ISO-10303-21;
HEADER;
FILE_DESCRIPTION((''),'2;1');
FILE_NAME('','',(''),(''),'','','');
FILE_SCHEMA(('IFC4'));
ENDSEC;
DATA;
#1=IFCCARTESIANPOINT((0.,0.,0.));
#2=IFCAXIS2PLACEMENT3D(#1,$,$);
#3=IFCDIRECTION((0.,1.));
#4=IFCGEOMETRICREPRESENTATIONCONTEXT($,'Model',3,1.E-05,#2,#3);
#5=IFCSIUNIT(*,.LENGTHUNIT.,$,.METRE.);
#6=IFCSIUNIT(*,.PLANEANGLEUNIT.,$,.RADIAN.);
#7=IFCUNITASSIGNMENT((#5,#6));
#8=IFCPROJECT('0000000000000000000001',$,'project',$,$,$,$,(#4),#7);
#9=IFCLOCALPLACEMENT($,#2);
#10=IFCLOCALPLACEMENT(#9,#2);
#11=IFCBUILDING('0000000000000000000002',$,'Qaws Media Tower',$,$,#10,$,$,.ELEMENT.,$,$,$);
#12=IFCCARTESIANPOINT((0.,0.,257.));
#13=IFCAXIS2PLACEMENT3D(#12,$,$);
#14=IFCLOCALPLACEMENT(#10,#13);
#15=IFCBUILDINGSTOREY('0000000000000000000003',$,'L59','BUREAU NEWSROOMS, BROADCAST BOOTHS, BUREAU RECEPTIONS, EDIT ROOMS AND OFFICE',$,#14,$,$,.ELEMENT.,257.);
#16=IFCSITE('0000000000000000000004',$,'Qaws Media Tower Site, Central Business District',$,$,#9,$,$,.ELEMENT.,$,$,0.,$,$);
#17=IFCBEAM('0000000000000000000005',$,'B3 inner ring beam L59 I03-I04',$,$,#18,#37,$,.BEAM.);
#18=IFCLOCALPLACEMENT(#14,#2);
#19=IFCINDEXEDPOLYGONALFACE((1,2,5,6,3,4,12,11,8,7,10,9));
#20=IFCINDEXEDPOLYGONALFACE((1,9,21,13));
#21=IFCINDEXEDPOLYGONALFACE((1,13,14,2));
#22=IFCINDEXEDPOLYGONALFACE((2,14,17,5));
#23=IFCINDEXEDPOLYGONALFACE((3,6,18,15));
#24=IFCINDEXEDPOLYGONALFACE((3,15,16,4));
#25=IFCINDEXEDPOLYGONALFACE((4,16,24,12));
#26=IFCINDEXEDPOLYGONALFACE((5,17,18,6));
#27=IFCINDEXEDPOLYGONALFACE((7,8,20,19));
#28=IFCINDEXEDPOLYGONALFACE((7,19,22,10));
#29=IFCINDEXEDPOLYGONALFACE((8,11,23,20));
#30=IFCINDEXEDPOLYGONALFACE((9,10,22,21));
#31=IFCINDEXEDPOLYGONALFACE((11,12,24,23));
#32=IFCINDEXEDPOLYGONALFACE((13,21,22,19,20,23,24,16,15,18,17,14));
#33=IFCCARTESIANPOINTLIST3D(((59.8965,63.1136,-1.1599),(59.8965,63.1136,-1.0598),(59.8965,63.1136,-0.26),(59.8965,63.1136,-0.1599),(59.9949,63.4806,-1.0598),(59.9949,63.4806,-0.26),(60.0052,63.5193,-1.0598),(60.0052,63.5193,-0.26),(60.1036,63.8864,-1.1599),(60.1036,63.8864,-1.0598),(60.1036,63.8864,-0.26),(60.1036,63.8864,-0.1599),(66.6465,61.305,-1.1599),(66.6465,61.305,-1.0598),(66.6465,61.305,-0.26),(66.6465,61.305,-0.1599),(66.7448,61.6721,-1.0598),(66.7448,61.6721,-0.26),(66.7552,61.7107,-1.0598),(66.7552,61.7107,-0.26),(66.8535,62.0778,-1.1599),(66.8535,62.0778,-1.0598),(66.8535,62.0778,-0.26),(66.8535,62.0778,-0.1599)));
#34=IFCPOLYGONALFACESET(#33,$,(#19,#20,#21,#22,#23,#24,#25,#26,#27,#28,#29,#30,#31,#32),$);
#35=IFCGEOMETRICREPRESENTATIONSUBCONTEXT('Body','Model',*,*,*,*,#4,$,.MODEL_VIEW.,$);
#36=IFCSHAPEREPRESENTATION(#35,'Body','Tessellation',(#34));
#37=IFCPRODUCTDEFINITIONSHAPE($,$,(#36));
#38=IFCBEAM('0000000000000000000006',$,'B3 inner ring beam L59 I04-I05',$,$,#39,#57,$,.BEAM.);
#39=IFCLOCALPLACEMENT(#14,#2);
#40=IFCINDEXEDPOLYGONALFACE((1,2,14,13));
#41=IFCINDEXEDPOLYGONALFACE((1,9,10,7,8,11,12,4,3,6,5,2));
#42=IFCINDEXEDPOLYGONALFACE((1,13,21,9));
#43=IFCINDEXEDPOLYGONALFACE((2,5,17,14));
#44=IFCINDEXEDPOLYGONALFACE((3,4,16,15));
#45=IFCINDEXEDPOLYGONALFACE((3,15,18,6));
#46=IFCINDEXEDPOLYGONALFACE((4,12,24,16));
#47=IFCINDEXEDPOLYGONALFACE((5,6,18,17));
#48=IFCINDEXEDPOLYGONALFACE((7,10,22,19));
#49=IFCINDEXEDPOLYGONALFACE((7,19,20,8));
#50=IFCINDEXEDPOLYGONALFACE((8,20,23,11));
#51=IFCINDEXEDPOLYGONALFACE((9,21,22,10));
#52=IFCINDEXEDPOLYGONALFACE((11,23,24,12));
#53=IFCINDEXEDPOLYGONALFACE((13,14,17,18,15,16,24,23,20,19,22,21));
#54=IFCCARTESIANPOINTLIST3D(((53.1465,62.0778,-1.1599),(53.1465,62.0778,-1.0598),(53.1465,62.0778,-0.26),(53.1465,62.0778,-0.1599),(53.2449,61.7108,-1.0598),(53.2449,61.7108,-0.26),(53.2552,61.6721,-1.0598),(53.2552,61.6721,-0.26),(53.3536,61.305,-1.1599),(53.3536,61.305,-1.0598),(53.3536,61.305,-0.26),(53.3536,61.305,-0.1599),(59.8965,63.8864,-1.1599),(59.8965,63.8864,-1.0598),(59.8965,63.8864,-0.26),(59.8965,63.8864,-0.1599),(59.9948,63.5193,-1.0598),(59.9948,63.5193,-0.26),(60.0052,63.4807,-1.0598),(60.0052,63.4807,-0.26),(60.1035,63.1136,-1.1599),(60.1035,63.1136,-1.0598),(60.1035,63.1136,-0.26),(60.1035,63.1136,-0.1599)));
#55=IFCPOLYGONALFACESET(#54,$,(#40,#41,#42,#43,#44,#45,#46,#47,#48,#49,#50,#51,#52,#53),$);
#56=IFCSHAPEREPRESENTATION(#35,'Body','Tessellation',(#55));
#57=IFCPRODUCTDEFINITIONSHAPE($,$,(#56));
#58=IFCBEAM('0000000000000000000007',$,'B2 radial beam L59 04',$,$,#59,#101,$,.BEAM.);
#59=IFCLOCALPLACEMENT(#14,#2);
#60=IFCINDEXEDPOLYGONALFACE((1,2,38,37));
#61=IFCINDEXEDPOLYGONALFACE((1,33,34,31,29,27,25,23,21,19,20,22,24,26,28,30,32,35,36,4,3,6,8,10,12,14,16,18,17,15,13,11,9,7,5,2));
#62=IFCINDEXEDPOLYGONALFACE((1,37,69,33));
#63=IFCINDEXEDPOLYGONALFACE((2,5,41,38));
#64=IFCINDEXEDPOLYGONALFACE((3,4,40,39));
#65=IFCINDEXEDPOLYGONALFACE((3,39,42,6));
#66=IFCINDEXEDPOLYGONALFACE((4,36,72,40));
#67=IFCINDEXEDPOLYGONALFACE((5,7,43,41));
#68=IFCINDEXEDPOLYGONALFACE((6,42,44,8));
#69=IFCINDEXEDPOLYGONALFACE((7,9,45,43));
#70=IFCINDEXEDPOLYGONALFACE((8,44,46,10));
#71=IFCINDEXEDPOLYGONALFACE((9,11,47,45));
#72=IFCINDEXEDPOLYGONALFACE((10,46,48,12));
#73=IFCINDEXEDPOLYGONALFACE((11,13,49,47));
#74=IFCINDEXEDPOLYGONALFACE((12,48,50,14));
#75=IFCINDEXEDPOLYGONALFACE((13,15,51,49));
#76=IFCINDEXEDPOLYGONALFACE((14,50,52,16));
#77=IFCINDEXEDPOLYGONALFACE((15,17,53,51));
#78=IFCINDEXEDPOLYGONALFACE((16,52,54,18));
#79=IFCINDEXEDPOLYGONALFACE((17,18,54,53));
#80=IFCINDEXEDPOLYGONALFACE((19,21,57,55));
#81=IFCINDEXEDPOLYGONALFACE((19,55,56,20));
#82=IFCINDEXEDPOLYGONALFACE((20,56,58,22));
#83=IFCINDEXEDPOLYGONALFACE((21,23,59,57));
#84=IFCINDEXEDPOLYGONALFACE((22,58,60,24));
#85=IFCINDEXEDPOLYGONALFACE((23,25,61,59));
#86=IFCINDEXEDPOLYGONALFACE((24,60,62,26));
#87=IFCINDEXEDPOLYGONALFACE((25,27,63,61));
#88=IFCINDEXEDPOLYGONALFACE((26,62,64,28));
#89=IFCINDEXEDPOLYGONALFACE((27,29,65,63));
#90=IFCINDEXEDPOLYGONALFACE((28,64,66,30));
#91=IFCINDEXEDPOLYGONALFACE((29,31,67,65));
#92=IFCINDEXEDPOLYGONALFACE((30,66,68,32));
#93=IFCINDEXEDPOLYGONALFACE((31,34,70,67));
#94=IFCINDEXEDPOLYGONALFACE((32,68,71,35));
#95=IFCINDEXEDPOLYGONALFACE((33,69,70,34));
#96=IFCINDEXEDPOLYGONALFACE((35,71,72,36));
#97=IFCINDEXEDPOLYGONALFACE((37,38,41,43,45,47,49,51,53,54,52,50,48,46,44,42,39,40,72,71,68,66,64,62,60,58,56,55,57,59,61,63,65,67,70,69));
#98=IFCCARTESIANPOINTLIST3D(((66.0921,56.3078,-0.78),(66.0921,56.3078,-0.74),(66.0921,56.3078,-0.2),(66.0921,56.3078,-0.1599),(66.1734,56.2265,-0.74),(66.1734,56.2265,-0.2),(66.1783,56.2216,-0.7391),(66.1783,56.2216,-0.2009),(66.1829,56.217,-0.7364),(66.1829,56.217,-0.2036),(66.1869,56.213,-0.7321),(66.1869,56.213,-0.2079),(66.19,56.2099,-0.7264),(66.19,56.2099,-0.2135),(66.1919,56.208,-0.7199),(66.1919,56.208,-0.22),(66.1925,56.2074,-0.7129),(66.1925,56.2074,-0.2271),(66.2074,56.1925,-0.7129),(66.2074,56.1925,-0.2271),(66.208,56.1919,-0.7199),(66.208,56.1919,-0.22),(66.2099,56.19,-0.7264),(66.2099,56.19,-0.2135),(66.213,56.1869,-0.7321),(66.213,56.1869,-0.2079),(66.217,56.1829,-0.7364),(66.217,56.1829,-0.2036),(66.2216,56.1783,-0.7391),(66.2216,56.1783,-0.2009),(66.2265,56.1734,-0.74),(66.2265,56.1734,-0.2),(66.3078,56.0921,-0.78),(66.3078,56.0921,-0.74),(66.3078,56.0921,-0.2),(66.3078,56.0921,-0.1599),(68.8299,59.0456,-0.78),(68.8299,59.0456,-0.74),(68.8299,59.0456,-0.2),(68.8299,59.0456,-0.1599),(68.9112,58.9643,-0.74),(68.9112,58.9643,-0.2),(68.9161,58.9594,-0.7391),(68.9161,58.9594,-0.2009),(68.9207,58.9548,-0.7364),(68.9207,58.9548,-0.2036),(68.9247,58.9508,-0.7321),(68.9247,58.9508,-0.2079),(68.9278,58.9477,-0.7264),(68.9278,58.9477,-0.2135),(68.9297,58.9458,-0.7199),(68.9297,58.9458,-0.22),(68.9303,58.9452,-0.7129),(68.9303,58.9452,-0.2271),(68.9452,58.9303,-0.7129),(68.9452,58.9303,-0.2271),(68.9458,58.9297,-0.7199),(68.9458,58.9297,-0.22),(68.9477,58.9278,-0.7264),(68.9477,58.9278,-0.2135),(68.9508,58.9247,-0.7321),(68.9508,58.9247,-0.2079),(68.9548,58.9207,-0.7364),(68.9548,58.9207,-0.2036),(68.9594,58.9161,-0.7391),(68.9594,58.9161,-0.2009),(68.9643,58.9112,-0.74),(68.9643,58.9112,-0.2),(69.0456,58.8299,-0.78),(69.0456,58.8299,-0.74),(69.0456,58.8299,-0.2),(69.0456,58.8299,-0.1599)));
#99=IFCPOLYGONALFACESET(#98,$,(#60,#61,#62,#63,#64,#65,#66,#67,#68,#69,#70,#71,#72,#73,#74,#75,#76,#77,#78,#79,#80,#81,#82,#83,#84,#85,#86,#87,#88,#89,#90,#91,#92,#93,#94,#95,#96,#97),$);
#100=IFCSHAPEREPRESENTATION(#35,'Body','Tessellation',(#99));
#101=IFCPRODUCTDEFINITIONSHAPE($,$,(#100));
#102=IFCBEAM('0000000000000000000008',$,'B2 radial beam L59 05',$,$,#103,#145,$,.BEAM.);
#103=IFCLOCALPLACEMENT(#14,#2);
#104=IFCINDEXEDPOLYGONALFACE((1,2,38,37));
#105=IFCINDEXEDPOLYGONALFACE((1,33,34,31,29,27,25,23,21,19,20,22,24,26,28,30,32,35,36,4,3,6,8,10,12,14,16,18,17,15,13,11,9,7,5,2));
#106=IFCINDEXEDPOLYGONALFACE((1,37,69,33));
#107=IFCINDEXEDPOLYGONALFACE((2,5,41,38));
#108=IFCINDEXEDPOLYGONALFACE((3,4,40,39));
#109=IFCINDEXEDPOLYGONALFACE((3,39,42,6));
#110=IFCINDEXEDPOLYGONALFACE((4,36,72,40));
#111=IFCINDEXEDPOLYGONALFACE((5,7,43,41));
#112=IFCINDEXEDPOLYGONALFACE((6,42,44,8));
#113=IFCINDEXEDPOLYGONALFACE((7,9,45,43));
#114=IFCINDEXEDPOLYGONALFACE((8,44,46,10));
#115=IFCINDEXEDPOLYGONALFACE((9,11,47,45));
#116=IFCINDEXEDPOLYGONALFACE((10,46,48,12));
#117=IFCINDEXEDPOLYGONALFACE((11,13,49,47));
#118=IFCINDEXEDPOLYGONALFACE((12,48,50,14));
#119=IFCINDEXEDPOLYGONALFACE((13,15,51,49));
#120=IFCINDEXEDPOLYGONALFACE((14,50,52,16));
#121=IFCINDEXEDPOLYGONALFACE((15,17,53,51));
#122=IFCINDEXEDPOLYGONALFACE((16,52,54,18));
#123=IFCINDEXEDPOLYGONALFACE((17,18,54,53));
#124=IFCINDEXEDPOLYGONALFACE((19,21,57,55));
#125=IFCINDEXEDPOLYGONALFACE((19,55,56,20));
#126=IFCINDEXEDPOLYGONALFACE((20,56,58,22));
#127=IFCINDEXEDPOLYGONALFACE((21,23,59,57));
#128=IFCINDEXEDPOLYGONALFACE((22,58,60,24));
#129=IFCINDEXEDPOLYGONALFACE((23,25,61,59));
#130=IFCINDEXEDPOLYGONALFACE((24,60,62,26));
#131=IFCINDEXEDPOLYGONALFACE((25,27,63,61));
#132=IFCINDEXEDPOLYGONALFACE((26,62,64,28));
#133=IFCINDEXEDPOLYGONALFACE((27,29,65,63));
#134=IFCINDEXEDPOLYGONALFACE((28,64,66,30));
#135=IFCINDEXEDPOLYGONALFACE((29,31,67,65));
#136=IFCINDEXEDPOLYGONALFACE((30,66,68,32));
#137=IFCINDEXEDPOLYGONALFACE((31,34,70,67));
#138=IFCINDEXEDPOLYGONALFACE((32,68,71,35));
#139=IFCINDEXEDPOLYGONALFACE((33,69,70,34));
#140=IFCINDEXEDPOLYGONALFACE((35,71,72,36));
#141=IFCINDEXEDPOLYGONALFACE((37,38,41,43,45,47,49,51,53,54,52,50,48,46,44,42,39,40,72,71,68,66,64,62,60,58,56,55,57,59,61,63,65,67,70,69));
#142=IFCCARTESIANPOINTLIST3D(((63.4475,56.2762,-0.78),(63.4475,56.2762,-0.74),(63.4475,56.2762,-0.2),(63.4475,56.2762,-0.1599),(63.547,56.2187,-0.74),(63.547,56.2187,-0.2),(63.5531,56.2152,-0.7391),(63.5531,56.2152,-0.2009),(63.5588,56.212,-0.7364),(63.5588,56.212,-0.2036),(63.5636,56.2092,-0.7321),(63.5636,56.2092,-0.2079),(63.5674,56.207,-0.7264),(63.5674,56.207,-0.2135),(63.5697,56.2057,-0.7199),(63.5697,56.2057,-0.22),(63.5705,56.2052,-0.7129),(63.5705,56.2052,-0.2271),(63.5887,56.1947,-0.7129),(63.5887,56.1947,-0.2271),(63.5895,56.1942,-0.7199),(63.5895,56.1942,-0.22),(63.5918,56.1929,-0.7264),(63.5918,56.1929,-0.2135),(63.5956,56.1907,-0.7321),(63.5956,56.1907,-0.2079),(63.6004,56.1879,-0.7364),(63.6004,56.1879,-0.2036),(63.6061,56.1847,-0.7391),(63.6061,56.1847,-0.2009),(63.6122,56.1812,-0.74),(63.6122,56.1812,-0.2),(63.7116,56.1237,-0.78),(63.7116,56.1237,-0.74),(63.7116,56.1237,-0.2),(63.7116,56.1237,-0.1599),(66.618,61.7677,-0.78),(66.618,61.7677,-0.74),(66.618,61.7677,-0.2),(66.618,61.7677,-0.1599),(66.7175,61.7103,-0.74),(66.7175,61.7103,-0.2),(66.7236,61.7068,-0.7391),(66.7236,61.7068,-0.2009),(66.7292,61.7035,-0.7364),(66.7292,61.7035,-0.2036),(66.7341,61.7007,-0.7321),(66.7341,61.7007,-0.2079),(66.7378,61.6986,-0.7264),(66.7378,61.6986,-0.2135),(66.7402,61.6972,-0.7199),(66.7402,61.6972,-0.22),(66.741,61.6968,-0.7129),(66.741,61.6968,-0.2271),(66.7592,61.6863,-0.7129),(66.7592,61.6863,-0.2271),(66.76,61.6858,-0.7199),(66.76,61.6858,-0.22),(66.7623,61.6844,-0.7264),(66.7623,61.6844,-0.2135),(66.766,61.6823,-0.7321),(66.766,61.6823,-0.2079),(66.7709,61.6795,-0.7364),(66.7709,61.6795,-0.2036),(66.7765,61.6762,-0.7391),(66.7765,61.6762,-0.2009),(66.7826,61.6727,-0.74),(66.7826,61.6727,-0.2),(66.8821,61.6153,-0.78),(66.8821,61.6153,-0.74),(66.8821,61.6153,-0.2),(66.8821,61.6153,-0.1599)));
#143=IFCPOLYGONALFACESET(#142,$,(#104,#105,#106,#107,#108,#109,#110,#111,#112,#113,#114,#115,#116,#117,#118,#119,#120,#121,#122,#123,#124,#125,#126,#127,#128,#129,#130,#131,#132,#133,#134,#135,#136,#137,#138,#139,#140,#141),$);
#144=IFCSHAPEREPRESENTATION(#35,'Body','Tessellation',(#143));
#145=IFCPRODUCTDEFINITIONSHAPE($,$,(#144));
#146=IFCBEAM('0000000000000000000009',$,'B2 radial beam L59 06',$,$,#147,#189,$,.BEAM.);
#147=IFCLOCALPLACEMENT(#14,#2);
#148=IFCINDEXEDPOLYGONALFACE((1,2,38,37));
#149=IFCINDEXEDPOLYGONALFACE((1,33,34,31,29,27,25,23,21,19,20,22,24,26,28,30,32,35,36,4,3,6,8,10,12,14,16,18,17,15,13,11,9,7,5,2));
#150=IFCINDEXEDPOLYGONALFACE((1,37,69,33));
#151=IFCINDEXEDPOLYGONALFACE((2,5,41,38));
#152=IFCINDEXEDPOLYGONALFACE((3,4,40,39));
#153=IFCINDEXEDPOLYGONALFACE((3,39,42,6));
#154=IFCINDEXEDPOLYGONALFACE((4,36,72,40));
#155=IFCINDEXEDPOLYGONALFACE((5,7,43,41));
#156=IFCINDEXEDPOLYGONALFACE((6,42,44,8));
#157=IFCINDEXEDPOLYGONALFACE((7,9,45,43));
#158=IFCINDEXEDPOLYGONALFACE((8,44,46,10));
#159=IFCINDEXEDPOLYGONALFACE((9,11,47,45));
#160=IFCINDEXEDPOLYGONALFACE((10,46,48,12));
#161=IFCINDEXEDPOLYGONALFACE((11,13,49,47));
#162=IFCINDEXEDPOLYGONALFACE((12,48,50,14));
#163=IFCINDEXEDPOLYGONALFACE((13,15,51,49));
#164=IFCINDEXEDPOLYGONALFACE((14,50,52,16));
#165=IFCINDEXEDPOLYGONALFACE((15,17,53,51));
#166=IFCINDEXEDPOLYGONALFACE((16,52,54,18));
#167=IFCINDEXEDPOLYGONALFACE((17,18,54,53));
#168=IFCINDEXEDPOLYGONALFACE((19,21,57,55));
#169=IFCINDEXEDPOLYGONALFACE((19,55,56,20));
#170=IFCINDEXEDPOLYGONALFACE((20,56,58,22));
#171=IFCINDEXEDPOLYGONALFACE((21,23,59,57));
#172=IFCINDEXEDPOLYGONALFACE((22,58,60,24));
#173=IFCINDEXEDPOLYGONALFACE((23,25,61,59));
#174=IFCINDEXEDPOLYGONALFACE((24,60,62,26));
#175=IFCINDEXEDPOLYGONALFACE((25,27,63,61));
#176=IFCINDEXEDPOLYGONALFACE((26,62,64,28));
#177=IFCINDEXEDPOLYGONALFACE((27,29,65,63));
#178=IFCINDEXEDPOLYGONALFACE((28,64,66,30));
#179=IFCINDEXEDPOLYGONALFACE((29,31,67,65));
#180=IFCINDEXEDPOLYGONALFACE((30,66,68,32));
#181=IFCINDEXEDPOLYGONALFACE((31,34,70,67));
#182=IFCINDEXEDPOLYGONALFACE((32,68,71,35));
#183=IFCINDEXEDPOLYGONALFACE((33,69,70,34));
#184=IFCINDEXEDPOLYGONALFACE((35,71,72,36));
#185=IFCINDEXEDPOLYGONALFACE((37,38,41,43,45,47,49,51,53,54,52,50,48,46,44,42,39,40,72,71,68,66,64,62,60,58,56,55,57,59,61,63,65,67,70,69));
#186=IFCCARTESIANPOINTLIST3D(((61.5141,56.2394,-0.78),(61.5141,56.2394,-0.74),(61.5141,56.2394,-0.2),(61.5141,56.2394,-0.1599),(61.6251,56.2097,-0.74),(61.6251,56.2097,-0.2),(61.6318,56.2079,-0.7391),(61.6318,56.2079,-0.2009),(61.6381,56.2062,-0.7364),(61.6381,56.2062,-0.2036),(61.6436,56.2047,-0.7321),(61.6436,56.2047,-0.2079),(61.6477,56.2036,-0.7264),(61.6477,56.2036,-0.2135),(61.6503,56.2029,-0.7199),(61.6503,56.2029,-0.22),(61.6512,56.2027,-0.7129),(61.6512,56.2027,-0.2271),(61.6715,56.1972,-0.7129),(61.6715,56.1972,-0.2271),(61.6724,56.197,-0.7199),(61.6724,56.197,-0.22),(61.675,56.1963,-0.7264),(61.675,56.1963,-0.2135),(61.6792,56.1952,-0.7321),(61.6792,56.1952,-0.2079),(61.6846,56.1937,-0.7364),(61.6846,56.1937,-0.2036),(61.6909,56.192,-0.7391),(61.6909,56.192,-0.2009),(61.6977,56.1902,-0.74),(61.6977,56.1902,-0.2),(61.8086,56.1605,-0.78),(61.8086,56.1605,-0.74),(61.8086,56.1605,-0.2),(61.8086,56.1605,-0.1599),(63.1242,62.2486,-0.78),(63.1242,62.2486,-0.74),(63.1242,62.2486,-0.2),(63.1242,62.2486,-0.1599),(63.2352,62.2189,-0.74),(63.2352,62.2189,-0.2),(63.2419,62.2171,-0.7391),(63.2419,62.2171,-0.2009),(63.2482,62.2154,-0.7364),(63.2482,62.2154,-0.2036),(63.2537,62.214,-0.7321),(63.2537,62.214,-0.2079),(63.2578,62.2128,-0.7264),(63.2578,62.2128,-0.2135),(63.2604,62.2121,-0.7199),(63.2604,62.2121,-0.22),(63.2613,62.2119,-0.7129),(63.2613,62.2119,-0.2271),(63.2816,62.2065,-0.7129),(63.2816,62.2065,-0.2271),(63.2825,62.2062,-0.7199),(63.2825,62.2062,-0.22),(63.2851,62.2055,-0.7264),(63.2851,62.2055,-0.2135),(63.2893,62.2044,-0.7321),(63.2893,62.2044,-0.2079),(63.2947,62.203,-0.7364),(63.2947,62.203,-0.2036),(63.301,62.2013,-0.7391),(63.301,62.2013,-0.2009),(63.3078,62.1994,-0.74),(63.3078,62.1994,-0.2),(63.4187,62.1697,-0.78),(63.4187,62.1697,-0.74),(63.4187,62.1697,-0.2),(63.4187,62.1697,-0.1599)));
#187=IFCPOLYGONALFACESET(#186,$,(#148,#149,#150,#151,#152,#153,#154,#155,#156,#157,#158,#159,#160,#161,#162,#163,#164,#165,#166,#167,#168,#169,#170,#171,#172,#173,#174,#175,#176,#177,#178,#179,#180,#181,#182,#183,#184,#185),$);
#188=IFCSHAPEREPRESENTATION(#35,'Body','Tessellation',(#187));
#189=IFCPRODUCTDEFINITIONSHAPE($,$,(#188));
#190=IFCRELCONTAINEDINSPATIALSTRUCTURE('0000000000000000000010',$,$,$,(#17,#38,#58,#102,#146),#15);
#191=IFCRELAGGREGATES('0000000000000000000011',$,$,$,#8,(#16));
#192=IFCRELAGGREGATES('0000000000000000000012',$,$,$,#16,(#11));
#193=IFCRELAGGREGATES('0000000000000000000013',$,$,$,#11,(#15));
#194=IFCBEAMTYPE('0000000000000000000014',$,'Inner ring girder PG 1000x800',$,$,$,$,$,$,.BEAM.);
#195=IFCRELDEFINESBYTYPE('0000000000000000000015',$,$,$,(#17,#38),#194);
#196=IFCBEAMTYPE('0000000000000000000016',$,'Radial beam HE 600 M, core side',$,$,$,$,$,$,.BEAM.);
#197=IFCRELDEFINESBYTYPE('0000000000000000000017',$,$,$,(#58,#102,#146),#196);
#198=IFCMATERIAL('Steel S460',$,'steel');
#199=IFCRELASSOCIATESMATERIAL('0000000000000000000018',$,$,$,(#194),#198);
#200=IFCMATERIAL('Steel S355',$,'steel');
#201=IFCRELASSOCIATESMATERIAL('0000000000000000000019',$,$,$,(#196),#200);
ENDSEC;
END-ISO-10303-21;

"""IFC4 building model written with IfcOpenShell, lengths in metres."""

from ifc_helpers import new_model, si_unit, direction, frame, origin, origin_2d, place, context, subcontext, project, spatial, i_section, extrude, material, material_profile, profile_set, type_object, element, save


model = new_model("IFC4")

# Units and contexts
model_context = context("Model", 3, precision=1e-05, world=origin(), true_north=direction((0.0, 1.0)))
body_context = subcontext(model_context, "Body", "Model", "MODEL_VIEW")
ifc_project = project(units=[si_unit("LENGTHUNIT", "METRE"), si_unit("PLANEANGLEUNIT", "RADIAN")], contexts=[model_context])

# Site, building, storey
site_placement = place(None, origin())
site = spatial("IfcSite", under=ifc_project, at=site_placement, Name="Qaws Media Tower Site, Central Business District", CompositionType="ELEMENT", RefElevation=0.0)
building_placement = place(site_placement, origin())
building = spatial("IfcBuilding", under=site, at=building_placement, Name="Qaws Media Tower", CompositionType="ELEMENT")
storey_placement = place(building_placement, frame((0.0, 0.0, 257.0)))
storey = spatial("IfcBuildingStorey", under=building, at=storey_placement, Name="L59", Description="BUREAU NEWSROOMS, BROADCAST BOOTHS, BUREAU RECEPTIONS, EDIT ROOMS AND OFFICE", CompositionType="ELEMENT", Elevation=257.0)

# Beams
ifc_material_1 = material(Name="Steel S460", Category="steel")
ifc_material_profile_1 = material_profile(ifc_material_1, i_section(OverallWidth=0.8, OverallDepth=1.0, WebThickness=0.04, FlangeThickness=0.1001, at=origin_2d()), Name="PG 1000x800")
ifc_profile_set_1 = profile_set([ifc_material_profile_1], Name="Steel S460")
beam_type_1 = type_object("IfcBeamType", Name="Inner ring girder PG 1000x800", PredefinedType="BEAM", material=ifc_profile_set_1)
for number, where, z_axis, x_axis, name in (
    (1, (66.75, 61.6914, -0.6599), (-0.965928, 0.258811, 0.0), (-0.258811, -0.965928, 0.0), "B3 inner ring beam L59 I03-I04"),
    (2, (60.0, 63.5, -0.6599), (-0.965928, -0.258811, 0.0), (0.258811, -0.965928, 0.0), "B3 inner ring beam L59 I04-I05"),
):
    element("IfcBeam", number, at=place(storey_placement, frame(where, z_axis=z_axis, x_axis=x_axis)), inside=storey, type_object=beam_type_1, Name=name, PredefinedType="BEAM", context=body_context, shape_type="SweptSolid", body=[
        extrude(i_section(OverallWidth=0.8, OverallDepth=1.0, WebThickness=0.04, FlangeThickness=0.1001, at=origin_2d()), origin(), (0.0, 0.0, 1.0), 6.988),
    ])
ifc_material_2 = material(Name="Steel S355", Category="steel")
ifc_material_profile_2 = material_profile(ifc_material_2, i_section(OverallWidth=0.3049, OverallDepth=0.6201, WebThickness=0.021, FlangeThickness=0.04, FilletRadius=0.0271, at=origin_2d()), Name="HE 600 M")
ifc_profile_set_2 = profile_set([ifc_material_profile_2], Name="Steel S355")
beam_type_2 = type_object("IfcBeamType", Name="Radial beam HE 600 M, core side", PredefinedType="BEAM", material=ifc_profile_set_2)
beam_1_placement = place(storey_placement, frame((66.2, 56.2, -0.47), z_axis=(0.707107, 0.707107, 0.0), x_axis=(-0.707107, 0.707107, 0.0)))
element("IfcBeam", 3, at=beam_1_placement, inside=storey, type_object=beam_type_2, Name="B2 radial beam L59 04", PredefinedType="BEAM", context=body_context, shape_type="SweptSolid", body=[
    extrude(i_section(OverallWidth=0.3049, OverallDepth=0.6201, WebThickness=0.021, FlangeThickness=0.04, FilletRadius=0.0271, at=origin_2d()), origin(), (0.0, 0.0, 1.0), 3.8718),
])
beam_2_placement = place(storey_placement, frame((63.5796, 56.2, -0.47), z_axis=(0.49999, 0.866031, 0.0), x_axis=(-0.866031, 0.49999, 0.0)))
element("IfcBeam", 4, at=beam_2_placement, inside=storey, type_object=beam_type_2, Name="B2 radial beam L59 05", PredefinedType="BEAM", context=body_context, shape_type="SweptSolid", body=[
    extrude(i_section(OverallWidth=0.3049, OverallDepth=0.6201, WebThickness=0.021, FlangeThickness=0.04, FilletRadius=0.0271, at=origin_2d()), origin(), (0.0, 0.0, 1.0), 6.3411),
])
beam_3_placement = place(storey_placement, frame((61.6614, 56.2, -0.47), z_axis=(0.258808, 0.965929, 0.0), x_axis=(-0.965929, 0.258808, 0.0)))
element("IfcBeam", 5, at=beam_3_placement, inside=storey, type_object=beam_type_2, Name="B2 radial beam L59 06", PredefinedType="BEAM", context=body_context, shape_type="SweptSolid", body=[
    extrude(i_section(OverallWidth=0.3049, OverallDepth=0.6201, WebThickness=0.021, FlangeThickness=0.04, FilletRadius=0.0271, at=origin_2d()), origin(), (0.0, 0.0, 1.0), 6.2212),
])

save(model, "model.ifc")
